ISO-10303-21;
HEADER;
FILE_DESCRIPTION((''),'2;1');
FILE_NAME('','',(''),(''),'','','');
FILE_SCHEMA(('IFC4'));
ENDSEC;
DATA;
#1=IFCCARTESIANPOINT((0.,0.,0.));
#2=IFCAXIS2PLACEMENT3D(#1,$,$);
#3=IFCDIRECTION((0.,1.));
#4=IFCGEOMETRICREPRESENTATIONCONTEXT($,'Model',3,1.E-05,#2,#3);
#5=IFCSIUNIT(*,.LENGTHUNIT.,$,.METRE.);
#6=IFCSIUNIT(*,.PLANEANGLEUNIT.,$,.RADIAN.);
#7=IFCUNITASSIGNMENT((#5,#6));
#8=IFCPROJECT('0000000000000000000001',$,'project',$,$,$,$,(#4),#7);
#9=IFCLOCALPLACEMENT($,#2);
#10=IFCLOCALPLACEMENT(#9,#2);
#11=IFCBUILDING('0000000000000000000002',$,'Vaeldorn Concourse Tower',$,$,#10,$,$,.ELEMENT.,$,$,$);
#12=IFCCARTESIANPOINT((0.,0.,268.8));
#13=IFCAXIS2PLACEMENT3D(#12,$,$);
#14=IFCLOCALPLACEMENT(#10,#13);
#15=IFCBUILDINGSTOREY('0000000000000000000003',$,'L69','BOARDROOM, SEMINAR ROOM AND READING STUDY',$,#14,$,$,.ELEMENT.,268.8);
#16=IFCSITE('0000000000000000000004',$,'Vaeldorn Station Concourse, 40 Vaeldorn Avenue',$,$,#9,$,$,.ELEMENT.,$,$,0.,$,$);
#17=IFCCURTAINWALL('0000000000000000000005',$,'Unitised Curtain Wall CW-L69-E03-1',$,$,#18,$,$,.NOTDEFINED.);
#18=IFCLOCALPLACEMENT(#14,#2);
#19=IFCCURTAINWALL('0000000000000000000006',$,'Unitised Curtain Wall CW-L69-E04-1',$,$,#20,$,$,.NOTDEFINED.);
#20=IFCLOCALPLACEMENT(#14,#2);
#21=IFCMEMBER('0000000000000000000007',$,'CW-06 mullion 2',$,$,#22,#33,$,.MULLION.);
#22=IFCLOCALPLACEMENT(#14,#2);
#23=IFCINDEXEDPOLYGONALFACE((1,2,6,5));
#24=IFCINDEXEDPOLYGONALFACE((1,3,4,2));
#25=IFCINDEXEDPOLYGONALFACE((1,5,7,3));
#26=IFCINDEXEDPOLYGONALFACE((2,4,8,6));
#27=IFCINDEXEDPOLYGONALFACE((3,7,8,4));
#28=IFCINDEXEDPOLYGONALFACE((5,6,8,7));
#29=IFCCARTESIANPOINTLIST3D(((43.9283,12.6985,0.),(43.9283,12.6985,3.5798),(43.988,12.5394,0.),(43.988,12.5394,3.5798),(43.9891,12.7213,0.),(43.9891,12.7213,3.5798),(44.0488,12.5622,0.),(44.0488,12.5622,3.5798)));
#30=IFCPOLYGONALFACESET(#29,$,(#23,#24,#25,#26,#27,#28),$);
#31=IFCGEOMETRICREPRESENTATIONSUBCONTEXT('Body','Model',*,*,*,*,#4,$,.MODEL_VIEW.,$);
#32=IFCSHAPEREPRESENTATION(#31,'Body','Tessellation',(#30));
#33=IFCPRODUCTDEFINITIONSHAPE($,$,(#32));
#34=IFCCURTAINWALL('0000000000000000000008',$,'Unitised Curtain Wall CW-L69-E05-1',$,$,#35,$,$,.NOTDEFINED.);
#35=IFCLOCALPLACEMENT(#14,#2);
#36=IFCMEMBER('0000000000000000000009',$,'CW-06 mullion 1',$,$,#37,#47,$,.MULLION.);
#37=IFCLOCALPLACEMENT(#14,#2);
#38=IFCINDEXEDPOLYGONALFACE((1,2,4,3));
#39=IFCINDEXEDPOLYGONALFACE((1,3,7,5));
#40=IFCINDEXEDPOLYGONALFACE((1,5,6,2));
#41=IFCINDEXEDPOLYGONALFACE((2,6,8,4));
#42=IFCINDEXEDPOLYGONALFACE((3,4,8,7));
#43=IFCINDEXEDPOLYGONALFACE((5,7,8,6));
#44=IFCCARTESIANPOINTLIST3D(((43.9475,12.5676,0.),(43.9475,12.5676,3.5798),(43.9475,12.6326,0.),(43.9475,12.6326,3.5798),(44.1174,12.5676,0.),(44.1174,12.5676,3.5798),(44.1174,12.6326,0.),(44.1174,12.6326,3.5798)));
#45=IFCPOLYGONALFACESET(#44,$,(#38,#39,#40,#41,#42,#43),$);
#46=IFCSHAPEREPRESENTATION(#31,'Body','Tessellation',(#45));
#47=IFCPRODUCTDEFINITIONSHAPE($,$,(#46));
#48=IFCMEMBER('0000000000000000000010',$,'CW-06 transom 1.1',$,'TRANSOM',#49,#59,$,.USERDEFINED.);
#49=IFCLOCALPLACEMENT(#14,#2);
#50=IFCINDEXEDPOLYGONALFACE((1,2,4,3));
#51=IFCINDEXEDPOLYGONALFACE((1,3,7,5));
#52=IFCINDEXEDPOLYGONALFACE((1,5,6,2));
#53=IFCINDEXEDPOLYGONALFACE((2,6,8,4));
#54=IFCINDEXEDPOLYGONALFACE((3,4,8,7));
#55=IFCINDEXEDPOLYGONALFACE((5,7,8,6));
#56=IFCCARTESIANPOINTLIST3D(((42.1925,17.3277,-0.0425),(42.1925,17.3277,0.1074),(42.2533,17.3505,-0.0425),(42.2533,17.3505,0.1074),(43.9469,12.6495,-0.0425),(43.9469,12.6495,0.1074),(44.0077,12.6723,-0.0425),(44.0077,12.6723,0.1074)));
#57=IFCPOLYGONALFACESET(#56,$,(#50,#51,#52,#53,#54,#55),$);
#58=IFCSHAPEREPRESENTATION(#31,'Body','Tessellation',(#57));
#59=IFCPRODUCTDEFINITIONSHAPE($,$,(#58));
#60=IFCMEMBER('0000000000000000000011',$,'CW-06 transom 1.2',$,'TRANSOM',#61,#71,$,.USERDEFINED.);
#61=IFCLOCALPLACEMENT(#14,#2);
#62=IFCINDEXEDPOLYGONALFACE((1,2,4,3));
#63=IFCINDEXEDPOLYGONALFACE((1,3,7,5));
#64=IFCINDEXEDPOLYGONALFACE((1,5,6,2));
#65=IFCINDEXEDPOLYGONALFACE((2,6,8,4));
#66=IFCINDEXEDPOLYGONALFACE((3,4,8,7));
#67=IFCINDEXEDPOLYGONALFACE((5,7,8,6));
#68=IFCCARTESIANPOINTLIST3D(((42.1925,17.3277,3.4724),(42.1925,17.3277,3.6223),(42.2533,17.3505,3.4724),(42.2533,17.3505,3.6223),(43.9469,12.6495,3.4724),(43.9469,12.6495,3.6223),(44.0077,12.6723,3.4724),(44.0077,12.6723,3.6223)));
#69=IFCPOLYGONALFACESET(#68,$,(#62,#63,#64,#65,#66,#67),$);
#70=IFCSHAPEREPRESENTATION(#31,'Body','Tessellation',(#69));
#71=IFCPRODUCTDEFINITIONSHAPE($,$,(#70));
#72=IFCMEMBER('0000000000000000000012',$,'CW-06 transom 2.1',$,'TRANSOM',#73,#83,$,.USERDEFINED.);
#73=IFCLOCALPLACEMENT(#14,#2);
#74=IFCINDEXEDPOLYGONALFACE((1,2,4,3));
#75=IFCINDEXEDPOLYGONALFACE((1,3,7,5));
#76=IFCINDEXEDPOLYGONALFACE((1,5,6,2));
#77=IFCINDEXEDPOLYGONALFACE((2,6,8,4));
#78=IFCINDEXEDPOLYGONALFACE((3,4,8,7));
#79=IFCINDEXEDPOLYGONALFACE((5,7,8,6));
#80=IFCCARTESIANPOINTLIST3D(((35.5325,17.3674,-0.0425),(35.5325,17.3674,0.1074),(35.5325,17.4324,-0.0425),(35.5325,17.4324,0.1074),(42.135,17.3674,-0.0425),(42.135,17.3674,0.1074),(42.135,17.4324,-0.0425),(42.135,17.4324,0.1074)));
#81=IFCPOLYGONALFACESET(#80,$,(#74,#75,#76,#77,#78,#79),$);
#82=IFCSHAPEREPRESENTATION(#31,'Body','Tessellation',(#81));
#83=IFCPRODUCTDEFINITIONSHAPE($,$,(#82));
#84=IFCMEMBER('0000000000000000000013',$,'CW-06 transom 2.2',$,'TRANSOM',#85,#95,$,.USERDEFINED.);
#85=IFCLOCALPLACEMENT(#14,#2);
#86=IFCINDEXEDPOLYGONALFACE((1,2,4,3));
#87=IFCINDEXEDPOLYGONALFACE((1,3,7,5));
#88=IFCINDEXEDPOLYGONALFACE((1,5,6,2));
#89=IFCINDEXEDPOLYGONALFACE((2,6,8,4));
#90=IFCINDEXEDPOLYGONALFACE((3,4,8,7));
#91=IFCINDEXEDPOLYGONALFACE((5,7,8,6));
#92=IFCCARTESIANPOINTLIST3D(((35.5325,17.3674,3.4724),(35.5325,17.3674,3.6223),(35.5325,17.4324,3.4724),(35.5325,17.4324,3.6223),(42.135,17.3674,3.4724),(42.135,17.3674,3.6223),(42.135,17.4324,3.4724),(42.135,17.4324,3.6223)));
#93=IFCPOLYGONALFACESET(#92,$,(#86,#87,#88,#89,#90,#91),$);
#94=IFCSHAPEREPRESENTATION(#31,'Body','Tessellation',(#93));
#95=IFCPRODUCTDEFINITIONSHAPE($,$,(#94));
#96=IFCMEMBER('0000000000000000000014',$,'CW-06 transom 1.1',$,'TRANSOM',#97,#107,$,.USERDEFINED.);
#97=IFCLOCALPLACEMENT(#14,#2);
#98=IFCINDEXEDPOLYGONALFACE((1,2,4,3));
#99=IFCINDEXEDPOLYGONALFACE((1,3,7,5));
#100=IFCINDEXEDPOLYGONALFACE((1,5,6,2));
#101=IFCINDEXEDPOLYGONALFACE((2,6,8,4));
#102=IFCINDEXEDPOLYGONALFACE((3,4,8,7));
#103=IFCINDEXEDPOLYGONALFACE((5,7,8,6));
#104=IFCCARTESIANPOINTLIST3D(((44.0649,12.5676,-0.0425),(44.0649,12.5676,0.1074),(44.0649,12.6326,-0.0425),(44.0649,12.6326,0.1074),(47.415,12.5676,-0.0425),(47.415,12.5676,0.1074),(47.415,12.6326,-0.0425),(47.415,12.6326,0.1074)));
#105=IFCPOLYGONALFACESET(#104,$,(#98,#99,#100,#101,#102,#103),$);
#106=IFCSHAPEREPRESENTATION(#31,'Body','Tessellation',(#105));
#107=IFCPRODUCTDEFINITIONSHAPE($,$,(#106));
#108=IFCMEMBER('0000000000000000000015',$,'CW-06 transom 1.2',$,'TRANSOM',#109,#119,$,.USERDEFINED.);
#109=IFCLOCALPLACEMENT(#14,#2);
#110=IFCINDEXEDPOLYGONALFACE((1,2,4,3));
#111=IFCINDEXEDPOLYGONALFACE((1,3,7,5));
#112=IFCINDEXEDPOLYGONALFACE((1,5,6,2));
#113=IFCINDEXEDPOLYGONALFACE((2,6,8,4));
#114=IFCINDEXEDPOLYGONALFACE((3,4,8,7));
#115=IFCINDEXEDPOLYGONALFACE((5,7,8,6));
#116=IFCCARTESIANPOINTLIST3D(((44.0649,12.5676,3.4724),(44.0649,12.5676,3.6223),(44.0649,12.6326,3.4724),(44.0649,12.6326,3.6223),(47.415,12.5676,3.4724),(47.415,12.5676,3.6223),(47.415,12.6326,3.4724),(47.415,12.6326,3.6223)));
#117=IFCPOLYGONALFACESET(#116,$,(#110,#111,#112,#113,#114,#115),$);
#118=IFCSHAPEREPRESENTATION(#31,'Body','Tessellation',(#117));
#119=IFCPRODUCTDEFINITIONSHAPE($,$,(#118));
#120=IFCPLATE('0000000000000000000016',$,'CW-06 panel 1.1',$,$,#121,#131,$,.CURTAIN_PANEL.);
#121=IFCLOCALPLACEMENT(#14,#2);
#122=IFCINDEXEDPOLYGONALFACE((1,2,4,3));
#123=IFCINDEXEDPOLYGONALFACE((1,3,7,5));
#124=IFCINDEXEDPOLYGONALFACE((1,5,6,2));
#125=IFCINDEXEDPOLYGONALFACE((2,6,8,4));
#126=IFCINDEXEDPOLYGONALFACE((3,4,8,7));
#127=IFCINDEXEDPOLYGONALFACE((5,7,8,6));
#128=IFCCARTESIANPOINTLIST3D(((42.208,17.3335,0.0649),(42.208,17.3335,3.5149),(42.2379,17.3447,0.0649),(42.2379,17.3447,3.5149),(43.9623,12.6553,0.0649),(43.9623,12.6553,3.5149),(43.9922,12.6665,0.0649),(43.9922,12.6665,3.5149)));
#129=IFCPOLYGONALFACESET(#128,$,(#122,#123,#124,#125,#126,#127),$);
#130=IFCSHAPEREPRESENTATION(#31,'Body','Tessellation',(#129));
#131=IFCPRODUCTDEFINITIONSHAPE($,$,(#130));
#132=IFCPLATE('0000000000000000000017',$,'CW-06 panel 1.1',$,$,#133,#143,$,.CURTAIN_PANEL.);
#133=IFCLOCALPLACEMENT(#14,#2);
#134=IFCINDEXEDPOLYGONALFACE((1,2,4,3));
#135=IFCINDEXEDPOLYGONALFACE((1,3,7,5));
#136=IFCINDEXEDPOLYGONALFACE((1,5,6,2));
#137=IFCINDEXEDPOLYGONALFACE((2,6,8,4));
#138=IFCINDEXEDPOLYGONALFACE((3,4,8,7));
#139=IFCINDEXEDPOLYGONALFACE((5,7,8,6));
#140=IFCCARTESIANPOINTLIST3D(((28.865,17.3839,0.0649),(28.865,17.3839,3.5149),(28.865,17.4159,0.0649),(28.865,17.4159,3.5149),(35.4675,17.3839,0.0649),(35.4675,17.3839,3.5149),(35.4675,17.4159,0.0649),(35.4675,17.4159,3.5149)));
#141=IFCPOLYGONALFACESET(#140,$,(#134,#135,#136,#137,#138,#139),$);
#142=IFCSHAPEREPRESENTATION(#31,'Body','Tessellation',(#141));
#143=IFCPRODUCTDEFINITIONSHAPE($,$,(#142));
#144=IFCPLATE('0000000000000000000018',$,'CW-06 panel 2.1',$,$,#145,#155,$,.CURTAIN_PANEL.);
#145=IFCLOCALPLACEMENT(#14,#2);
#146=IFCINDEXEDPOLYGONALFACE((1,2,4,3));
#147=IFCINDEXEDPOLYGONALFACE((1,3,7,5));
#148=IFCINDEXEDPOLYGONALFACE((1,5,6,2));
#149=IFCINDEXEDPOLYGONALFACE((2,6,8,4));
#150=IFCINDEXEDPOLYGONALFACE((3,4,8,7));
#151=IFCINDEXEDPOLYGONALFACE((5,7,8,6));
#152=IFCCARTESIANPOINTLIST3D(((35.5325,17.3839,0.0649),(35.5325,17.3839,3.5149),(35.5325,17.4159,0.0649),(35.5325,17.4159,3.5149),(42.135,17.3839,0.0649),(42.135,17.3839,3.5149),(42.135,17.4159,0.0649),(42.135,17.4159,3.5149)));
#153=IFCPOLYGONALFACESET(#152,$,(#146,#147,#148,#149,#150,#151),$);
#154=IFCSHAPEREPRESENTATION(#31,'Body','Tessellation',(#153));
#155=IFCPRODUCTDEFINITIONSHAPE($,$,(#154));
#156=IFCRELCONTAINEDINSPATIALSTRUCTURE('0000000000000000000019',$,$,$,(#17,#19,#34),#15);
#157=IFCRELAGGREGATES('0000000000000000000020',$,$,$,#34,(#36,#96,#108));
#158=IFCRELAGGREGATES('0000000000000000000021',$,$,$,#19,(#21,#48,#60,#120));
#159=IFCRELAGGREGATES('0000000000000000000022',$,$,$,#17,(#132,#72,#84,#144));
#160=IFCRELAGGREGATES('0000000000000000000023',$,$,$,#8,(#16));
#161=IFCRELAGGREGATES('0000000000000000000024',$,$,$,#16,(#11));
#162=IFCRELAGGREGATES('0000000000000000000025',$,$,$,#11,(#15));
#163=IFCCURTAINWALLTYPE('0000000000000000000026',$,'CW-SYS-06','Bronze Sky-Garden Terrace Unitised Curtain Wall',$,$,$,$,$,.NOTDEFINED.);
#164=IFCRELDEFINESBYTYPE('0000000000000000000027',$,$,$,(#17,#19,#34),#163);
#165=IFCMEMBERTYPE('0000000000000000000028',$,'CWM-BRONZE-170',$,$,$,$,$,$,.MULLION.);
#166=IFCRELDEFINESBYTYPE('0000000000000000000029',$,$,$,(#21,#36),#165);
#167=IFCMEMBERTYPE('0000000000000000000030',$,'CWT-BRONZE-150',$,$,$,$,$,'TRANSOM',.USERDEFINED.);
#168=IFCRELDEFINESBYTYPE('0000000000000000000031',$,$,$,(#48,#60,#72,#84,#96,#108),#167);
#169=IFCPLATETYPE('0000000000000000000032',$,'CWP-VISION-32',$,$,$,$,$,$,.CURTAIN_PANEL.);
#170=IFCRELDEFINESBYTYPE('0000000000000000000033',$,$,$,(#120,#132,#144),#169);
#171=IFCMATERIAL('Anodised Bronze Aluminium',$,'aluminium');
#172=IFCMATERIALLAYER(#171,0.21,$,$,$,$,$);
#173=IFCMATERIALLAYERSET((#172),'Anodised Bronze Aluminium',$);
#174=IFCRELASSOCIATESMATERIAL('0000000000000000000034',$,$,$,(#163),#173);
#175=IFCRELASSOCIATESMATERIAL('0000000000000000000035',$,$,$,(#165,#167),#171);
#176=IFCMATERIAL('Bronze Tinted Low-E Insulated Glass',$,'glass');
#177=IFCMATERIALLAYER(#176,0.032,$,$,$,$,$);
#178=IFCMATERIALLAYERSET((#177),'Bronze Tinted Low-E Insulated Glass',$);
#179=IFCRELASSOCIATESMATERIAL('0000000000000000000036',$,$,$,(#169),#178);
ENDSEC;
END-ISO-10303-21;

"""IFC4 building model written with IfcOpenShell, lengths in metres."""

from ifc_helpers import new_model, si_unit, direction, frame, origin, origin_2d, place, context, subcontext, project, spatial, rectangle, extrude, source, transform, mapped, material, layer, layer_set, material_profile, profile_set, type_object, element, aggregate, save


model = new_model("IFC4")

# Units and contexts
model_context = context("Model", 3, precision=1e-05, world=origin(), true_north=direction((0.0, 1.0)))
body_context = subcontext(model_context, "Body", "Model", "MODEL_VIEW")
ifc_project = project(units=[si_unit("LENGTHUNIT", "METRE"), si_unit("PLANEANGLEUNIT", "RADIAN")], contexts=[model_context])

# Site, building, storey
site_placement = place(None, origin())
site = spatial("IfcSite", under=ifc_project, at=site_placement, Name="Vaeldorn Station Concourse, 40 Vaeldorn Avenue", CompositionType="ELEMENT", RefElevation=0.0)
building_placement = place(site_placement, origin())
building = spatial("IfcBuilding", under=site, at=building_placement, Name="Vaeldorn Concourse Tower", CompositionType="ELEMENT")
storey_placement = place(building_placement, frame((0.0, 0.0, 268.8)))
storey = spatial("IfcBuildingStorey", under=building, at=storey_placement, Name="L69", Description="BOARDROOM, SEMINAR ROOM AND READING STUDY", CompositionType="ELEMENT", Elevation=268.8)

# Curtain walls, member
ifc_material_1 = material(Name="Anodised Bronze Aluminium", Category="aluminium")
ifc_layer_1 = layer(ifc_material_1, 0.21)
ifc_layer_set_1 = layer_set([ifc_layer_1], Name="Anodised Bronze Aluminium")
curtain_wall_type = type_object("IfcCurtainWallType", Name="CW-SYS-06", Description="Bronze Sky-Garden Terrace Unitised Curtain Wall", PredefinedType="NOTDEFINED", material=ifc_layer_set_1)
curtain_wall_1_placement = place(storey_placement, origin())
curtain_wall_1 = element("IfcCurtainWall", 1, at=curtain_wall_1_placement, inside=storey, type_object=curtain_wall_type, Name="Unitised Curtain Wall CW-L69-E03-1", PredefinedType="NOTDEFINED")
ifc_material_profile_1 = material_profile(ifc_material_1, rectangle(XDim=0.0649, YDim=0.1699, at=origin_2d()), Name="CWM 65x170")
ifc_profile_set_1 = profile_set([ifc_material_profile_1], Name="Anodised Bronze Aluminium")
member_type_1 = type_object("IfcMemberType", Name="CWM-BRONZE-170", PredefinedType="MULLION", material=ifc_profile_set_1)
shared_shape_1 = source(origin(), body_context, "Body", "SweptSolid", [
    extrude(rectangle(XDim=0.0649, YDim=0.1699, at=origin_2d()), origin(), (0.0, 0.0, 1.0), 3.5798),
])
curtain_wall_2_placement = place(storey_placement, origin())
curtain_wall_2 = element("IfcCurtainWall", 2, at=curtain_wall_2_placement, inside=storey, type_object=curtain_wall_type, Name="Unitised Curtain Wall CW-L69-E04-1", PredefinedType="NOTDEFINED")
member_1_placement = place(storey_placement, frame((43.9885, 12.6304, 0.0), z_axis=(0.0, 0.0, 1.0), x_axis=(0.936329, 0.351123, 0.0)))
member_1 = element("IfcMember", 3, at=member_1_placement, type_object=member_type_1, Name="CW-06 mullion 2", PredefinedType="MULLION", context=body_context, shape_type="MappedRepresentation", body=[
    mapped(shared_shape_1, transform((0.0, 0.0, 0.0), scale=1.0)),
])

# Curtain wall, member
curtain_wall_3_placement = place(storey_placement, origin())
curtain_wall_3 = element("IfcCurtainWall", 4, at=curtain_wall_3_placement, inside=storey, type_object=curtain_wall_type, Name="Unitised Curtain Wall CW-L69-E05-1", PredefinedType="NOTDEFINED")
member_2_placement = place(storey_placement, frame((44.0325, 12.6001, 0.0), z_axis=(0.0, 0.0, 1.0), x_axis=(0.0, 1.0, 0.0)))
member_2 = element("IfcMember", 5, at=member_2_placement, type_object=member_type_1, Name="CW-06 mullion 1", PredefinedType="MULLION", context=body_context, shape_type="MappedRepresentation", body=[
    mapped(shared_shape_1, transform((0.0, 0.0, 0.0), scale=1.0)),
])

# Members
ifc_material_profile_2 = material_profile(ifc_material_1, rectangle(XDim=0.0649, YDim=0.1499, at=origin_2d()), Name="CWT 65x150")
ifc_profile_set_2 = profile_set([ifc_material_profile_2], Name="Anodised Bronze Aluminium")
member_type_2 = type_object("IfcMemberType", Name="CWT-BRONZE-150", ElementType="TRANSOM", PredefinedType="USERDEFINED", material=ifc_profile_set_2)
shared_shape_2 = source(origin(), body_context, "Body", "SweptSolid", [
    extrude(rectangle(XDim=0.0649, YDim=0.1499, at=origin_2d()), origin(), (0.0, 0.0, 1.0), 4.9963),
])
member_3_placement = place(storey_placement, frame((42.2229, 17.3391, 0.0325), z_axis=(0.351134, -0.936325, 0.0), x_axis=(0.936325, 0.351134, 0.0)))
member_3 = element("IfcMember", 6, at=member_3_placement, type_object=member_type_2, Name="CW-06 transom 1.1", ObjectType="TRANSOM", PredefinedType="USERDEFINED", context=body_context, shape_type="MappedRepresentation", body=[
    mapped(shared_shape_2, transform((0.0, 0.0, 0.0), scale=1.0)),
])
member_4_placement = place(storey_placement, frame((42.2229, 17.3391, 3.5474), z_axis=(0.351134, -0.936325, 0.0), x_axis=(0.936325, 0.351134, 0.0)))
member_4 = element("IfcMember", 7, at=member_4_placement, type_object=member_type_2, Name="CW-06 transom 1.2", ObjectType="TRANSOM", PredefinedType="USERDEFINED", context=body_context, shape_type="MappedRepresentation", body=[
    mapped(shared_shape_2, transform((0.0, 0.0, 0.0), scale=1.0)),
])
shared_shape_3 = source(origin(), body_context, "Body", "SweptSolid", [
    extrude(rectangle(XDim=0.0649, YDim=0.1499, at=origin_2d()), origin(), (0.0, 0.0, 1.0), 6.6025),
])
member_5_placement = place(storey_placement, frame((35.5325, 17.3999, 0.0325), z_axis=(1.0, 0.0, 0.0), x_axis=(0.0, 1.0, 0.0)))
member_5 = element("IfcMember", 8, at=member_5_placement, type_object=member_type_2, Name="CW-06 transom 2.1", ObjectType="TRANSOM", PredefinedType="USERDEFINED", context=body_context, shape_type="MappedRepresentation", body=[
    mapped(shared_shape_3, transform((0.0, 0.0, 0.0), scale=1.0)),
])
member_6_placement = place(storey_placement, frame((35.5325, 17.3999, 3.5474), z_axis=(1.0, 0.0, 0.0), x_axis=(0.0, 1.0, 0.0)))
member_6 = element("IfcMember", 9, at=member_6_placement, type_object=member_type_2, Name="CW-06 transom 2.2", ObjectType="TRANSOM", PredefinedType="USERDEFINED", context=body_context, shape_type="MappedRepresentation", body=[
    mapped(shared_shape_3, transform((0.0, 0.0, 0.0), scale=1.0)),
])
shared_shape_4 = source(origin(), body_context, "Body", "SweptSolid", [
    extrude(rectangle(XDim=0.0649, YDim=0.1499, at=origin_2d()), origin(), (0.0, 0.0, 1.0), 3.3501),
])
member_7_placement = place(storey_placement, frame((44.0649, 12.6001, 0.0325), z_axis=(1.0, 0.0, 0.0), x_axis=(0.0, 1.0, 0.0)))
member_7 = element("IfcMember", 10, at=member_7_placement, type_object=member_type_2, Name="CW-06 transom 1.1", ObjectType="TRANSOM", PredefinedType="USERDEFINED", context=body_context, shape_type="MappedRepresentation", body=[
    mapped(shared_shape_4, transform((0.0, 0.0, 0.0), scale=1.0)),
])
member_8_placement = place(storey_placement, frame((44.0649, 12.6001, 3.5474), z_axis=(1.0, 0.0, 0.0), x_axis=(0.0, 1.0, 0.0)))
member_8 = element("IfcMember", 11, at=member_8_placement, type_object=member_type_2, Name="CW-06 transom 1.2", ObjectType="TRANSOM", PredefinedType="USERDEFINED", context=body_context, shape_type="MappedRepresentation", body=[
    mapped(shared_shape_4, transform((0.0, 0.0, 0.0), scale=1.0)),
])
aggregate(curtain_wall_3, [member_2, member_7, member_8])

# Plates
ifc_material_2 = material(Name="Bronze Tinted Low-E Insulated Glass", Category="glass")
ifc_layer_2 = layer(ifc_material_2, 0.032)
ifc_layer_set_2 = layer_set([ifc_layer_2], Name="Bronze Tinted Low-E Insulated Glass")
plate_type = type_object("IfcPlateType", Name="CWP-VISION-32", PredefinedType="CURTAIN_PANEL", material=ifc_layer_set_2)
shared_shape_5 = source(origin(), body_context, "Body", "SweptSolid", [
    extrude(rectangle(XDim=4.9963, YDim=0.032, at=origin_2d()), origin(), (0.0, 0.0, 1.0), 3.45),
])
plate_1_placement = place(storey_placement, frame((43.1001, 15.0, 0.0649), z_axis=(0.0, 0.0, 1.0), x_axis=(0.351123, -0.936329, 0.0)))
plate_1 = element("IfcPlate", 12, at=plate_1_placement, type_object=plate_type, Name="CW-06 panel 1.1", PredefinedType="CURTAIN_PANEL", context=body_context, shape_type="MappedRepresentation", body=[
    mapped(shared_shape_5, transform((0.0, 0.0, 0.0), scale=1.0)),
])
aggregate(curtain_wall_2, [member_1, member_3, member_4, plate_1])
shared_shape_6 = source(origin(), body_context, "Body", "SweptSolid", [
    extrude(rectangle(XDim=6.6025, YDim=0.032, at=origin_2d()), origin(), (0.0, 0.0, 1.0), 3.45),
])
plate_2_placement = place(storey_placement, frame((32.1663, 17.3999, 0.0649), z_axis=(0.0, 0.0, 1.0), x_axis=(1.0, 0.0, 0.0)))
plate_2 = element("IfcPlate", 13, at=plate_2_placement, type_object=plate_type, Name="CW-06 panel 1.1", PredefinedType="CURTAIN_PANEL", context=body_context, shape_type="MappedRepresentation", body=[
    mapped(shared_shape_6, transform((0.0, 0.0, 0.0), scale=1.0)),
])
plate_3_placement = place(storey_placement, frame((38.8337, 17.3999, 0.0649), z_axis=(0.0, 0.0, 1.0), x_axis=(1.0, 0.0, 0.0)))
plate_3 = element("IfcPlate", 14, at=plate_3_placement, type_object=plate_type, Name="CW-06 panel 2.1", PredefinedType="CURTAIN_PANEL", context=body_context, shape_type="MappedRepresentation", body=[
    mapped(shared_shape_6, transform((0.0, 0.0, 0.0), scale=1.0)),
])
aggregate(curtain_wall_1, [plate_2, member_5, member_6, plate_3])

save(model, "model.ifc")
